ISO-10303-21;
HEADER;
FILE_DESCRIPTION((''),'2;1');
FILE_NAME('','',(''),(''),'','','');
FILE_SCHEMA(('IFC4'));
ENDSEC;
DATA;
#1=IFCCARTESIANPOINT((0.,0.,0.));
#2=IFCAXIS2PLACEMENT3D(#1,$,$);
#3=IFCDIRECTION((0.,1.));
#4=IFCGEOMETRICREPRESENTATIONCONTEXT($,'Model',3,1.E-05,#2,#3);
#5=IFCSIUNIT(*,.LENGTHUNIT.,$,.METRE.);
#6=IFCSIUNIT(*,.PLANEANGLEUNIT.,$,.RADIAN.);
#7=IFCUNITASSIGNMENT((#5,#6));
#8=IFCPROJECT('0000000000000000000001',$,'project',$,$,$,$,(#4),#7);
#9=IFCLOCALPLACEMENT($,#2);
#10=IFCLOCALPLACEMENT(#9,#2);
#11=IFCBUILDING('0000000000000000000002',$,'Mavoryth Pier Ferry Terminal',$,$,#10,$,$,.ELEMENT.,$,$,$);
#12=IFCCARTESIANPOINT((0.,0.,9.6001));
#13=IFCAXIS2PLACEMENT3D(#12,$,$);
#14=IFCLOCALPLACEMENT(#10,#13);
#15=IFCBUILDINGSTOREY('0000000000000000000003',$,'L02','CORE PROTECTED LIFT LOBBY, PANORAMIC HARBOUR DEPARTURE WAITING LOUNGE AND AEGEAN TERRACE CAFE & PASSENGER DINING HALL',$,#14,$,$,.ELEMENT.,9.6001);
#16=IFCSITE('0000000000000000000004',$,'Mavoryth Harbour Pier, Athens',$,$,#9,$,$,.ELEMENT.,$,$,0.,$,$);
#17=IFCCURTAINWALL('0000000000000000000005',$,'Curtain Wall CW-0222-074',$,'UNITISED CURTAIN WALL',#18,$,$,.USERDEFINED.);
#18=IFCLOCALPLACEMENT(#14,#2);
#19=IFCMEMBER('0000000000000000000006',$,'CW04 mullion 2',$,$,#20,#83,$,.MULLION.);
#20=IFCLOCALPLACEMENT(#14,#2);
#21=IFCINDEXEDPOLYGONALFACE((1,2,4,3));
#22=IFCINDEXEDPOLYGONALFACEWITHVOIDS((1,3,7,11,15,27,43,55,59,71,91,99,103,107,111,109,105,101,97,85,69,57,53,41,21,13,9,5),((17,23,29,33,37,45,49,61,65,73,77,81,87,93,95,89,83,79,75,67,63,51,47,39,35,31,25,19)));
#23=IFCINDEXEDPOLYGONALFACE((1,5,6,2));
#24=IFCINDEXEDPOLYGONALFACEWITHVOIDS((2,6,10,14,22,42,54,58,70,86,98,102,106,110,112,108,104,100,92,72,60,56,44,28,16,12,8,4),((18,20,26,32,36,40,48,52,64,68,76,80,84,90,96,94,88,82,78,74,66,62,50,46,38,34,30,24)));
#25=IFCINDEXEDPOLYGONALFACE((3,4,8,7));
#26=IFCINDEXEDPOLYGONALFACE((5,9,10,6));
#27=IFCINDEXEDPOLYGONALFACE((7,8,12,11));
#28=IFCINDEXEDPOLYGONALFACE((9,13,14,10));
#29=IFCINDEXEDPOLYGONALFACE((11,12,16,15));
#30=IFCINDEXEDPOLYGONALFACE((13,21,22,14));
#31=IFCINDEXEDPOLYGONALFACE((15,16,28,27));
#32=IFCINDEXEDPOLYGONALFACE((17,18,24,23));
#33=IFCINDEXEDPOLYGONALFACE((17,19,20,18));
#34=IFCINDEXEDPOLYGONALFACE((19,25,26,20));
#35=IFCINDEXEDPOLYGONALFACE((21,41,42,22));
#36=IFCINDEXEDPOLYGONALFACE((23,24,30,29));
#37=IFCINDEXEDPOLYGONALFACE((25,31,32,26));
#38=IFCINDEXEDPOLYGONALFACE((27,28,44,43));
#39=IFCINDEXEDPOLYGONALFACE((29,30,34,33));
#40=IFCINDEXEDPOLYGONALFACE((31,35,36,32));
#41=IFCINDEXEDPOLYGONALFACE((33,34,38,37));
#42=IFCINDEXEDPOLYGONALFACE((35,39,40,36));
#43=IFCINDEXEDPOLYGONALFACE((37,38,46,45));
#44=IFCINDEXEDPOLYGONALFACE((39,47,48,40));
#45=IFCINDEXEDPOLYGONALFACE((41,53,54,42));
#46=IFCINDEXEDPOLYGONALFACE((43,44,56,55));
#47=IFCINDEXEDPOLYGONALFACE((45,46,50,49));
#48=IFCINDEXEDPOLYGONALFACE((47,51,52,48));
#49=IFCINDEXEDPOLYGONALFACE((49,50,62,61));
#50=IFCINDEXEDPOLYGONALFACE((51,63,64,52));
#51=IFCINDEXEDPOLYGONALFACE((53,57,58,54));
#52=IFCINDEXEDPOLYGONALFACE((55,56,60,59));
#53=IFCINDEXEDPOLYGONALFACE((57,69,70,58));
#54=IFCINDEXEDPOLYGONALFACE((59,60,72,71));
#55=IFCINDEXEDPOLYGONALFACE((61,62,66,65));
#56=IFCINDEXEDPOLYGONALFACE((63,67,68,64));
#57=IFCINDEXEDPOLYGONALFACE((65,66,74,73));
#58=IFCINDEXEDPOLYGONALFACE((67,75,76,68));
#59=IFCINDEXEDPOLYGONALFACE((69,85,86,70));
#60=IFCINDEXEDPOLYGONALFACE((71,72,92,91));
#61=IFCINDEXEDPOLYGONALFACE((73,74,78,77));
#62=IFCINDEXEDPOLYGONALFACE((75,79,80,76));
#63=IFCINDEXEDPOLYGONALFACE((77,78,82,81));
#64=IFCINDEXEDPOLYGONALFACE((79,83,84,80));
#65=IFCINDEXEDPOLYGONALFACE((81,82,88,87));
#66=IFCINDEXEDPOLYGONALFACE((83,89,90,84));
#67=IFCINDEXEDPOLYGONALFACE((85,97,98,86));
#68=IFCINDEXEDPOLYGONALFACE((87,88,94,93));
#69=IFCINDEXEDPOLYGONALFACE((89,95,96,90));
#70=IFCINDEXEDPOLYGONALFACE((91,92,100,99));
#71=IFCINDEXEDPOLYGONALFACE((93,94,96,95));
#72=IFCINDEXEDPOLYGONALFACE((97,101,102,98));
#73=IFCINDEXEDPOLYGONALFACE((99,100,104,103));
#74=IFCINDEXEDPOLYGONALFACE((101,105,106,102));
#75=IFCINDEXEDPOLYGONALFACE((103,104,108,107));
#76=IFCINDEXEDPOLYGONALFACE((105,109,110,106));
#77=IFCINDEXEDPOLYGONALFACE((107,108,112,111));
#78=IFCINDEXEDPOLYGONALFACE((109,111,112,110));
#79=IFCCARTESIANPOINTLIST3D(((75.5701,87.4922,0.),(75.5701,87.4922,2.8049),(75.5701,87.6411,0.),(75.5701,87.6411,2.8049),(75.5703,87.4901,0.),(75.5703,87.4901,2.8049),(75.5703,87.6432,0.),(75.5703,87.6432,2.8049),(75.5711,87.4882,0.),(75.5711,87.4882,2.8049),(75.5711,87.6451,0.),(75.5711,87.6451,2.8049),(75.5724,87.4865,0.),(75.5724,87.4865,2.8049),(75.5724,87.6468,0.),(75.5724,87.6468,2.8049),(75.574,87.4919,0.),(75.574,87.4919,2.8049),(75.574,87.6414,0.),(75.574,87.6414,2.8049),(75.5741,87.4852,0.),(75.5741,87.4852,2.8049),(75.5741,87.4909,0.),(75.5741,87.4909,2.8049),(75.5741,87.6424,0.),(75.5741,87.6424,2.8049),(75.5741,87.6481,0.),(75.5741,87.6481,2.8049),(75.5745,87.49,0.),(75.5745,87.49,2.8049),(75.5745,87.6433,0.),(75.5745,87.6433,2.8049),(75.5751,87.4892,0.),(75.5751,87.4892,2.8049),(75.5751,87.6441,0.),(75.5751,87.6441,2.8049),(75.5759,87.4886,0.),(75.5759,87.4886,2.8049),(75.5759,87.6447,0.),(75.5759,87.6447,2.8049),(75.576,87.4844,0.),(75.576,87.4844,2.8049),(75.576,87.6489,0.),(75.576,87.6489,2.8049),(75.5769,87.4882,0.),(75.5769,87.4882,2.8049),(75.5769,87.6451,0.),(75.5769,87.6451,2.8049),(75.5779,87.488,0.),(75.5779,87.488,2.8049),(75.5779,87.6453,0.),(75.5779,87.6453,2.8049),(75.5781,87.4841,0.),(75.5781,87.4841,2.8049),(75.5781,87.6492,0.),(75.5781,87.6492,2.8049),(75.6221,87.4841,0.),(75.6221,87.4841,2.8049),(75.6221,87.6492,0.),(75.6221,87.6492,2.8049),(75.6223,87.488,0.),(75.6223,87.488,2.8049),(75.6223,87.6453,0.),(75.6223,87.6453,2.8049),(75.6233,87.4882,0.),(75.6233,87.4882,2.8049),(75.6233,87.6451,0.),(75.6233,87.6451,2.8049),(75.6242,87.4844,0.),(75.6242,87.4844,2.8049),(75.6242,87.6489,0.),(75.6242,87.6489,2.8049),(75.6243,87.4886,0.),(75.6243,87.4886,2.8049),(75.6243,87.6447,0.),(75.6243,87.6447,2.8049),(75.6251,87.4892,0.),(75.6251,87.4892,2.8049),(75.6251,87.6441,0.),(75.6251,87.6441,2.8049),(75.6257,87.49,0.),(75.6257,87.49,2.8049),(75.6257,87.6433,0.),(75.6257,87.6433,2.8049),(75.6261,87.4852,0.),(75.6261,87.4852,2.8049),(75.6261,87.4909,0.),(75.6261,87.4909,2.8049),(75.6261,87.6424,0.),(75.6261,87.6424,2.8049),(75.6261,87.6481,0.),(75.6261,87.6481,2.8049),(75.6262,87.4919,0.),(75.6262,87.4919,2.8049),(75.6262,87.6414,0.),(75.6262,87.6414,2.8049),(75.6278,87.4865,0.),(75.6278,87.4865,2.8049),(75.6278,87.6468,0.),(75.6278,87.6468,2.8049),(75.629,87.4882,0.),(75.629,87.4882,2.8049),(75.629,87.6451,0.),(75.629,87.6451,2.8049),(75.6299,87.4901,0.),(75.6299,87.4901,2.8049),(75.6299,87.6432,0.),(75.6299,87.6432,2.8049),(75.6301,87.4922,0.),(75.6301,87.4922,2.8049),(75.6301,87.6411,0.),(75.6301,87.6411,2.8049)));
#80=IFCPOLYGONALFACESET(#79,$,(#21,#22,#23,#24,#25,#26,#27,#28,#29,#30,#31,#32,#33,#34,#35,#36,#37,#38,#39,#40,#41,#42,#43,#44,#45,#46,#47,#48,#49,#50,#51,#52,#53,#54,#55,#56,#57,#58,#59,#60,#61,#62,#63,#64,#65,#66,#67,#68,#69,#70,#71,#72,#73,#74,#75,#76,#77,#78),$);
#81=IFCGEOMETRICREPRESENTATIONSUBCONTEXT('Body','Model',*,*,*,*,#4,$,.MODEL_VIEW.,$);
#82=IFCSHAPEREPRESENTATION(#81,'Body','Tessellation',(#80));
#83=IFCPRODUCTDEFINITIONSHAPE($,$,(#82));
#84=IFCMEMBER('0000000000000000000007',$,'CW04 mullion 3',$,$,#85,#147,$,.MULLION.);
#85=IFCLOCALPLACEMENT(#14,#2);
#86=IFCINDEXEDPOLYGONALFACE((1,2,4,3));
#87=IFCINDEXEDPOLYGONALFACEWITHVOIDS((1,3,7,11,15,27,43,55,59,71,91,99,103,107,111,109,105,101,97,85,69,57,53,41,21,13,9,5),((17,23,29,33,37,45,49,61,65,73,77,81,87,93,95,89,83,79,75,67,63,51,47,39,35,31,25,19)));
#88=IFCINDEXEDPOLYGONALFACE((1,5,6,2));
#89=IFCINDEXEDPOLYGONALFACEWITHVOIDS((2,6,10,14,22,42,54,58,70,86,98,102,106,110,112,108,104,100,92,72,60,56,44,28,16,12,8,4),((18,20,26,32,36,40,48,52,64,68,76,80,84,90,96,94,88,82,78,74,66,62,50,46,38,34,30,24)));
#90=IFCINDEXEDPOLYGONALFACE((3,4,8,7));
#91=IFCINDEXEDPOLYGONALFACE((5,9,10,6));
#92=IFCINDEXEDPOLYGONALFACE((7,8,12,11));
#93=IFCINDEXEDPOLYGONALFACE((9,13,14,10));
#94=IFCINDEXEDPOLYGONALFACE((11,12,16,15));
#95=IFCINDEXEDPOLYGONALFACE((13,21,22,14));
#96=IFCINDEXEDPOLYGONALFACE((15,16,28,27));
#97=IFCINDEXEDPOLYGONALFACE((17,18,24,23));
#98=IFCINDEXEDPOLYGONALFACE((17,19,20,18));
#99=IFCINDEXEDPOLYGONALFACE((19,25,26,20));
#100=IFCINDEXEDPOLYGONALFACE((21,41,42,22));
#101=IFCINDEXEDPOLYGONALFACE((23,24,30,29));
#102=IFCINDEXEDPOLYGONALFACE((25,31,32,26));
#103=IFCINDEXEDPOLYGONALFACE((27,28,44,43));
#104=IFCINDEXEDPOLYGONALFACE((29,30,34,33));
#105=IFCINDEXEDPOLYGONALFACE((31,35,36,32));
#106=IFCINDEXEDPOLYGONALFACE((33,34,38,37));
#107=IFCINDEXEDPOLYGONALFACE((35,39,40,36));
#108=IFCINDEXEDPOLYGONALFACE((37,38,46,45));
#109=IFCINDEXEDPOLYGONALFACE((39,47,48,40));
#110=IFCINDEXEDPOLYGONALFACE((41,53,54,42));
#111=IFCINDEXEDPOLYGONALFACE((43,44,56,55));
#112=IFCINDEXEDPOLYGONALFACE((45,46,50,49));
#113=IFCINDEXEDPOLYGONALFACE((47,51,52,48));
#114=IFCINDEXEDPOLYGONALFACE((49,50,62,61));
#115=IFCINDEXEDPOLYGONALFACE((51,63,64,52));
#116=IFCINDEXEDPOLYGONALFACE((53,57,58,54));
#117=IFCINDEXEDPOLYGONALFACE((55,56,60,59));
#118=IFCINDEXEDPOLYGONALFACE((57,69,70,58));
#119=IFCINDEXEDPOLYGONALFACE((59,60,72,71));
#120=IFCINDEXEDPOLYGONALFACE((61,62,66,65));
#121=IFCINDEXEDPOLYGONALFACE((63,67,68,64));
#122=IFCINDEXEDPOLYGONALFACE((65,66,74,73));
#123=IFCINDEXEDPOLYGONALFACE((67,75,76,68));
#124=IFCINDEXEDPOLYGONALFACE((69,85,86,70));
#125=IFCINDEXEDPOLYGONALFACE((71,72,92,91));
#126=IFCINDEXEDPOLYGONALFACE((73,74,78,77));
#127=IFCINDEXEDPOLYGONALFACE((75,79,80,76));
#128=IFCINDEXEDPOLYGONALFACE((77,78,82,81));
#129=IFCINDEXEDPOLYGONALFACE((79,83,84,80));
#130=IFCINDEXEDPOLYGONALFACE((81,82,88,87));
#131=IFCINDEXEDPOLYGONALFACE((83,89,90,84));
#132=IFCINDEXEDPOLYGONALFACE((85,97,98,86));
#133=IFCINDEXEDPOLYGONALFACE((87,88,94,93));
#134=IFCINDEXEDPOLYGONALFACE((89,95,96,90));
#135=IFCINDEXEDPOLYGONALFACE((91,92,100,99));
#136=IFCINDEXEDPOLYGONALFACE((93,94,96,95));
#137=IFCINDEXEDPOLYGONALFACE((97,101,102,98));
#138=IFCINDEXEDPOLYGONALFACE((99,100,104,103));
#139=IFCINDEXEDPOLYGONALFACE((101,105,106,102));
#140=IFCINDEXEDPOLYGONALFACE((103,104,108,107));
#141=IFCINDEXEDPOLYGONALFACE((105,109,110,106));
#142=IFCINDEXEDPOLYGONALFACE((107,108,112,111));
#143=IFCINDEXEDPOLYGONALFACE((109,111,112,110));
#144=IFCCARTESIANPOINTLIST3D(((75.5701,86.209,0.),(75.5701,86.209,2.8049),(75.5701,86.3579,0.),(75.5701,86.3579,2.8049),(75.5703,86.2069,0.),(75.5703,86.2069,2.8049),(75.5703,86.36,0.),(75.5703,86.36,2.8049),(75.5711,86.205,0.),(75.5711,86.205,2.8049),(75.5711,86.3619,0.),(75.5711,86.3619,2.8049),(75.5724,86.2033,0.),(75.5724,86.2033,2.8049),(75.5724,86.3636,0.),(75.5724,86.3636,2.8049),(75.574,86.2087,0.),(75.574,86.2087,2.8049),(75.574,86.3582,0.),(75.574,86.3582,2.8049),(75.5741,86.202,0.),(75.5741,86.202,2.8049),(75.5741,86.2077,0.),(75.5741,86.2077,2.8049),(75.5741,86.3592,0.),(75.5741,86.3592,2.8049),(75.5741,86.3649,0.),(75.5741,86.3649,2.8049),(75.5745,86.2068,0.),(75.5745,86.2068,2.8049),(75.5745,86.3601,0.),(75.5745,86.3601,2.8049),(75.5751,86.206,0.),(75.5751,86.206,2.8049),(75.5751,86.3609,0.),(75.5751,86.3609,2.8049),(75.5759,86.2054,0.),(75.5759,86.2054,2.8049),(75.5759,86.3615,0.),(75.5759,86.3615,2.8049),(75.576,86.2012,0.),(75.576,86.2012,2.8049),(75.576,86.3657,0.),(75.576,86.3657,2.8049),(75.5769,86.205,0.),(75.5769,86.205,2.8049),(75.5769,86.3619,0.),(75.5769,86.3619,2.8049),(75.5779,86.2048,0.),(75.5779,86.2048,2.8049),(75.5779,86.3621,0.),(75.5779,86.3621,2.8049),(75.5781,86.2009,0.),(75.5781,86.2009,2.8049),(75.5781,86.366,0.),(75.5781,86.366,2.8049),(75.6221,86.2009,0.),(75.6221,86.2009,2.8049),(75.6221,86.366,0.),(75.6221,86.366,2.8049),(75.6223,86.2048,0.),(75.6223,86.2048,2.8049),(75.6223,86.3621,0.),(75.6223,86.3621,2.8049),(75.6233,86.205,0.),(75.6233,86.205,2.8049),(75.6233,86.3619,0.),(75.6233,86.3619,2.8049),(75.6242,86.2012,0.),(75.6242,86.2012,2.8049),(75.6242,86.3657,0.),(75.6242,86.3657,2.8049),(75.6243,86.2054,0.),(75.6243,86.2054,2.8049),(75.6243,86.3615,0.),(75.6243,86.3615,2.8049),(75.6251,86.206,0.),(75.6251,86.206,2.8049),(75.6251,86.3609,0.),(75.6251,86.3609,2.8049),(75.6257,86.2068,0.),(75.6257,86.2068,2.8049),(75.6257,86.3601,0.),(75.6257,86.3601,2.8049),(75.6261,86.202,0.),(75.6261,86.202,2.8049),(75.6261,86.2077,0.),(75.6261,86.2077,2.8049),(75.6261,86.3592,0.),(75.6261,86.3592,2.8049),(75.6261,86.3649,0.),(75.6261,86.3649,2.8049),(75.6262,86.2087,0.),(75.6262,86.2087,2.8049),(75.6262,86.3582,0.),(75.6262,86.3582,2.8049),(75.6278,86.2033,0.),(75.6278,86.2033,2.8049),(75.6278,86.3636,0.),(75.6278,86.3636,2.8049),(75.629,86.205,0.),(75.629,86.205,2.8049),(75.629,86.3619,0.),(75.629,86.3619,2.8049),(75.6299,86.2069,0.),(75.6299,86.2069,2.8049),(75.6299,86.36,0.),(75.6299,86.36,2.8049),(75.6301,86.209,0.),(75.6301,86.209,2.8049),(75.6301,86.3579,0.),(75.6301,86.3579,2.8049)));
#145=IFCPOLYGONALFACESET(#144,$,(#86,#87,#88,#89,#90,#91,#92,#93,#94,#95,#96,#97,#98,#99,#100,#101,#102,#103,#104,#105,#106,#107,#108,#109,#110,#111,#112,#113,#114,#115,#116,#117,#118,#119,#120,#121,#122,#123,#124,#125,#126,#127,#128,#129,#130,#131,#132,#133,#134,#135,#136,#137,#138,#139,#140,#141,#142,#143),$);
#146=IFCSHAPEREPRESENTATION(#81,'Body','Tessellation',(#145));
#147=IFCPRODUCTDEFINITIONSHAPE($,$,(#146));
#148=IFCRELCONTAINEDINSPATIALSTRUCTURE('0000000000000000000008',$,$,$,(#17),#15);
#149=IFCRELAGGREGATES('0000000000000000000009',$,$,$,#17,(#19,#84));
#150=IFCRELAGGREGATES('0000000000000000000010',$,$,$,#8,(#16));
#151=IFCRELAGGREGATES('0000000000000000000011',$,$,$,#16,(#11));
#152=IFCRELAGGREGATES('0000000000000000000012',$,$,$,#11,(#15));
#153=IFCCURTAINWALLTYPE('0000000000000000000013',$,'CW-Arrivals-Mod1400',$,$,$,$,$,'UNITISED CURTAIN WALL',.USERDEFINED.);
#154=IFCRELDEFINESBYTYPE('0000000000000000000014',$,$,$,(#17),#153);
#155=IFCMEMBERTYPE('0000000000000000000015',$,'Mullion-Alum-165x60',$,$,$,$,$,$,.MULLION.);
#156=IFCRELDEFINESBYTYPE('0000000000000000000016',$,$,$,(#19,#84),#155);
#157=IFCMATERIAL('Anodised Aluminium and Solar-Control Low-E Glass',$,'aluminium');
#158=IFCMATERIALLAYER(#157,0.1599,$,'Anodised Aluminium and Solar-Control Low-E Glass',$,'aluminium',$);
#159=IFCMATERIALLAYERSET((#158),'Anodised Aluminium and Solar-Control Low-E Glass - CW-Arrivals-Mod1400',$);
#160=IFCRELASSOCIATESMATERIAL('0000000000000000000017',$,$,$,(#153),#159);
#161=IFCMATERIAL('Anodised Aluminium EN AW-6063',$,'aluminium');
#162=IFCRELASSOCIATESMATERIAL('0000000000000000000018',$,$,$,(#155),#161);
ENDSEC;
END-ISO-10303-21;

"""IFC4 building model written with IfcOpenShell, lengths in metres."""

from ifc_helpers import new_model, si_unit, direction, frame, origin, origin_2d, place, context, subcontext, project, spatial, hollow_rectangle, extrude, material, layer, layer_set, material_profile, profile_set, type_object, element, aggregate, save


model = new_model("IFC4")

# Units and contexts
model_context = context("Model", 3, precision=1e-05, world=origin(), true_north=direction((0.0, 1.0)))
body_context = subcontext(model_context, "Body", "Model", "MODEL_VIEW")
ifc_project = project(units=[si_unit("LENGTHUNIT", "METRE"), si_unit("PLANEANGLEUNIT", "RADIAN")], contexts=[model_context])

# Site, building, storey
site_placement = place(None, origin())
site = spatial("IfcSite", under=ifc_project, at=site_placement, Name="Mavoryth Harbour Pier, Athens", CompositionType="ELEMENT", RefElevation=0.0)
building_placement = place(site_placement, origin())
building = spatial("IfcBuilding", under=site, at=building_placement, Name="Mavoryth Pier Ferry Terminal", CompositionType="ELEMENT")
storey_placement = place(building_placement, frame((0.0, 0.0, 9.6001)))
storey = spatial("IfcBuildingStorey", under=building, at=storey_placement, Name="L02", Description="CORE PROTECTED LIFT LOBBY, PANORAMIC HARBOUR DEPARTURE WAITING LOUNGE AND AEGEAN TERRACE CAFE & PASSENGER DINING HALL", CompositionType="ELEMENT", Elevation=9.6001)

# Curtain wall, members
ifc_material_1 = material(Name="Anodised Aluminium and Solar-Control Low-E Glass", Category="aluminium")
ifc_layer_1 = layer(ifc_material_1, 0.1599, Name="Anodised Aluminium and Solar-Control Low-E Glass", Category="aluminium")
ifc_layer_set_1 = layer_set([ifc_layer_1], Name="Anodised Aluminium and Solar-Control Low-E Glass - CW-Arrivals-Mod1400")
curtain_wall_type = type_object("IfcCurtainWallType", Name="CW-Arrivals-Mod1400", ElementType="UNITISED CURTAIN WALL", PredefinedType="USERDEFINED", material=ifc_layer_set_1)
curtain_wall_placement = place(storey_placement, origin())
curtain_wall = element("IfcCurtainWall", 1, at=curtain_wall_placement, inside=storey, type_object=curtain_wall_type, Name="Curtain Wall CW-0222-074", ObjectType="UNITISED CURTAIN WALL", PredefinedType="USERDEFINED")
ifc_material_2 = material(Name="Anodised Aluminium EN AW-6063", Category="aluminium")
ifc_material_profile_1 = material_profile(ifc_material_2, hollow_rectangle(XDim=0.0601, YDim=0.165, WallThickness=0.0039, InnerFilletRadius=0.0039, OuterFilletRadius=0.0081, at=origin_2d()), Name="AL-MULL 165x60x4", Category="aluminium")
ifc_profile_set_1 = profile_set([ifc_material_profile_1], Name="Anodised Aluminium EN AW-6063 - AL-MULL 165x60x4")
member_type_1 = type_object("IfcMemberType", Name="Mullion-Alum-165x60", PredefinedType="MULLION", material=ifc_profile_set_1)
member_1_placement = place(storey_placement, frame((75.6001, 87.5667, 0.0), z_axis=(0.0, 0.0, 1.0), x_axis=(1.0, 0.0, 0.0)))
member_1 = element("IfcMember", 2, at=member_1_placement, type_object=member_type_1, Name="CW04 mullion 2", PredefinedType="MULLION", context=body_context, shape_type="SweptSolid", body=[
    extrude(hollow_rectangle(XDim=0.0601, YDim=0.165, WallThickness=0.0039, InnerFilletRadius=0.0039, OuterFilletRadius=0.0081, at=origin_2d()), origin(), (0.0, 0.0, 1.0), 2.8049),
])
member_2_placement = place(storey_placement, frame((75.6001, 86.2834, 0.0), z_axis=(0.0, 0.0, 1.0), x_axis=(1.0, 0.0, 0.0)))
member_2 = element("IfcMember", 3, at=member_2_placement, type_object=member_type_1, Name="CW04 mullion 3", PredefinedType="MULLION", context=body_context, shape_type="SweptSolid", body=[
    extrude(hollow_rectangle(XDim=0.0601, YDim=0.165, WallThickness=0.0039, InnerFilletRadius=0.0039, OuterFilletRadius=0.0081, at=origin_2d()), origin(), (0.0, 0.0, 1.0), 2.8049),
])
aggregate(curtain_wall, [member_1, member_2])

save(model, "model.ifc")
